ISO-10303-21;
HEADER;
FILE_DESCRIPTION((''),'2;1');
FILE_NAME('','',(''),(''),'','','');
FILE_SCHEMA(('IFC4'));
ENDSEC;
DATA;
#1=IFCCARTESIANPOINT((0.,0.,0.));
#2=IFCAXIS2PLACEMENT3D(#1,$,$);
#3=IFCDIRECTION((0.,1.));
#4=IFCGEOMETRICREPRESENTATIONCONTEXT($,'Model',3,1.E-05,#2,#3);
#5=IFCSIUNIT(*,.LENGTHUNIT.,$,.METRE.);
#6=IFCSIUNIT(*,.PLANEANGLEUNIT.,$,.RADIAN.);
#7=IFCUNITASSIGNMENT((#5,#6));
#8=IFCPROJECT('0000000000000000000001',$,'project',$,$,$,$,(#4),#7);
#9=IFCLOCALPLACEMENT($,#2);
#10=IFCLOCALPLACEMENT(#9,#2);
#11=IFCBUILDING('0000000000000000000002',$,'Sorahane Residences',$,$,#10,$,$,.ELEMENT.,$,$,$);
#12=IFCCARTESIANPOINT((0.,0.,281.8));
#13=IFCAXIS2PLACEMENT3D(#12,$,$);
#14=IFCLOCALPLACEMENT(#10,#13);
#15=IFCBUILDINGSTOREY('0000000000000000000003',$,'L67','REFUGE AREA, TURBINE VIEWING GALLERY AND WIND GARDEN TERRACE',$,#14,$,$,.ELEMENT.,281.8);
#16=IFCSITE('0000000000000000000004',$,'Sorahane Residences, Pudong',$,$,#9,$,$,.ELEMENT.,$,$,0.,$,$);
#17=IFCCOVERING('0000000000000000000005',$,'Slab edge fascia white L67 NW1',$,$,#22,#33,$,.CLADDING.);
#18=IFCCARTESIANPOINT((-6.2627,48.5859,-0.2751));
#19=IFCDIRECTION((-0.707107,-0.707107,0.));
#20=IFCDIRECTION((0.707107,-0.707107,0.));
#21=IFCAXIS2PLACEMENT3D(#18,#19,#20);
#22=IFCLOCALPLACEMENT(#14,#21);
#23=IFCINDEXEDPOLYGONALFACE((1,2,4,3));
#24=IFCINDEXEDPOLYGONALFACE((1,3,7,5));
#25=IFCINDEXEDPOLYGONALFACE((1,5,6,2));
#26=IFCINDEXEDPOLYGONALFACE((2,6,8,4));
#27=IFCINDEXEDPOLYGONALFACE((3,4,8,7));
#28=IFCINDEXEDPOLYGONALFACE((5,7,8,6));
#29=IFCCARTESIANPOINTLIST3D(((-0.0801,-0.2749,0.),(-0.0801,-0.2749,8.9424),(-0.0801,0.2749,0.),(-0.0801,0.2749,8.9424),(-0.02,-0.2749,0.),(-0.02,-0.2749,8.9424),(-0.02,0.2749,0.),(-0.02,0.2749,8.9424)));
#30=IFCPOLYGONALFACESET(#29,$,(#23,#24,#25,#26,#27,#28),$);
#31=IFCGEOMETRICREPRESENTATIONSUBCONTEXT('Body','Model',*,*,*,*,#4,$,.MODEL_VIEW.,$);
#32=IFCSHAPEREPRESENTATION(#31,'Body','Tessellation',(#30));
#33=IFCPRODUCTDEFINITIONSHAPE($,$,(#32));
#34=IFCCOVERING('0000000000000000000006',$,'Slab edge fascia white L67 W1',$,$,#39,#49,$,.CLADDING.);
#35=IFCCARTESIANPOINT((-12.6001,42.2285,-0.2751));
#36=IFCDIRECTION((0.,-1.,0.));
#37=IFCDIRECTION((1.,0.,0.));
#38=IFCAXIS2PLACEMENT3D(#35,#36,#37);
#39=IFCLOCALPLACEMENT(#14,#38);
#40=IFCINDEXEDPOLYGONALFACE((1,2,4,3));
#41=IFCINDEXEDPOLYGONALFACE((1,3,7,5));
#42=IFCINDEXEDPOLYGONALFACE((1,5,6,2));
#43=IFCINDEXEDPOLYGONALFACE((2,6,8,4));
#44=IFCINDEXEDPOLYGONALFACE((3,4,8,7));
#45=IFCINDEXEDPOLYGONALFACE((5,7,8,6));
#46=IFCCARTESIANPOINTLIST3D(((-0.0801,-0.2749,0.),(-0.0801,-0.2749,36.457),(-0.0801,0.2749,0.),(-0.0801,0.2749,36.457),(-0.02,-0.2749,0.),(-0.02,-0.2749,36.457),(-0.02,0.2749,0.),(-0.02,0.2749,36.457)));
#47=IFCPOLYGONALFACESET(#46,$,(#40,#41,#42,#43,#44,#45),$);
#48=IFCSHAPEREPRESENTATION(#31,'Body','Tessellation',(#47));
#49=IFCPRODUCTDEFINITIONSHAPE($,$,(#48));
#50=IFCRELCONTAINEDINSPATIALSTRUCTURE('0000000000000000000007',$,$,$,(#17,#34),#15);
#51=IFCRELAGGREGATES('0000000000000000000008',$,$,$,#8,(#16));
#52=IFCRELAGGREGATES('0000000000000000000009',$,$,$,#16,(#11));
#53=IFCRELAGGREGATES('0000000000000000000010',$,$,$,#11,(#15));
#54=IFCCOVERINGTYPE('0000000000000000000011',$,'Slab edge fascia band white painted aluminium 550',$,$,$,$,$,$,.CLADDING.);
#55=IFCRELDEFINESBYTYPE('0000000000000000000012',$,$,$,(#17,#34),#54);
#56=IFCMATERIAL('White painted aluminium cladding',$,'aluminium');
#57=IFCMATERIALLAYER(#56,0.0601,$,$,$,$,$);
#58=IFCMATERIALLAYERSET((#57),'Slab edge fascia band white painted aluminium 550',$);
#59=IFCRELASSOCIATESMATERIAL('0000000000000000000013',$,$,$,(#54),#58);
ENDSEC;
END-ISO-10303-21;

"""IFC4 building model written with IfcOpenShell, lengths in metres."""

from ifc_helpers import new_model, si_unit, direction, frame, origin, place, context, subcontext, project, spatial, polyline, outline, extrude, material, layer, layer_set, type_object, element, save


model = new_model("IFC4")

# Units and contexts
model_context = context("Model", 3, precision=1e-05, world=origin(), true_north=direction((0.0, 1.0)))
body_context = subcontext(model_context, "Body", "Model", "MODEL_VIEW")
ifc_project = project(units=[si_unit("LENGTHUNIT", "METRE"), si_unit("PLANEANGLEUNIT", "RADIAN")], contexts=[model_context])

# Site, building, storey
site_placement = place(None, origin())
site = spatial("IfcSite", under=ifc_project, at=site_placement, Name="Sorahane Residences, Pudong", CompositionType="ELEMENT", RefElevation=0.0)
building_placement = place(site_placement, origin())
building = spatial("IfcBuilding", under=site, at=building_placement, Name="Sorahane Residences", CompositionType="ELEMENT")
storey_placement = place(building_placement, frame((0.0, 0.0, 281.8)))
storey = spatial("IfcBuildingStorey", under=building, at=storey_placement, Name="L67", Description="REFUGE AREA, TURBINE VIEWING GALLERY AND WIND GARDEN TERRACE", CompositionType="ELEMENT", Elevation=281.8)

# Coverings
ifc_material_1 = material(Name="White painted aluminium cladding", Category="aluminium")
ifc_layer_1 = layer(ifc_material_1, 0.0601)
ifc_layer_set_1 = layer_set([ifc_layer_1], Name="Slab edge fascia band white painted aluminium 550")
covering_type = type_object("IfcCoveringType", Name="Slab edge fascia band white painted aluminium 550", PredefinedType="CLADDING", material=ifc_layer_set_1)
covering_1_placement = place(storey_placement, frame((-6.2627, 48.5859, -0.2751), z_axis=(-0.707107, -0.707107, 0.0), x_axis=(0.707107, -0.707107, 0.0)))
element("IfcCovering", 1, at=covering_1_placement, inside=storey, type_object=covering_type, Name="Slab edge fascia white L67 NW1", PredefinedType="CLADDING", context=body_context, shape_type="SweptSolid", body=[
    extrude(outline(polyline([(-0.02, 0.2749), (-0.0801, 0.2749), (-0.0801, -0.2749), (-0.02, -0.2749), (-0.02, 0.2749)])), origin(), (0.0, 0.0, 1.0), 8.9424),
])
covering_2_placement = place(storey_placement, frame((-12.6001, 42.2285, -0.2751), z_axis=(0.0, -1.0, 0.0), x_axis=(1.0, 0.0, 0.0)))
element("IfcCovering", 2, at=covering_2_placement, inside=storey, type_object=covering_type, Name="Slab edge fascia white L67 W1", PredefinedType="CLADDING", context=body_context, shape_type="SweptSolid", body=[
    extrude(outline(polyline([(-0.02, 0.2749), (-0.0801, 0.2749), (-0.0801, -0.2749), (-0.02, -0.2749), (-0.02, 0.2749)])), origin(), (0.0, 0.0, 1.0), 36.457),
])

save(model, "model.ifc")
